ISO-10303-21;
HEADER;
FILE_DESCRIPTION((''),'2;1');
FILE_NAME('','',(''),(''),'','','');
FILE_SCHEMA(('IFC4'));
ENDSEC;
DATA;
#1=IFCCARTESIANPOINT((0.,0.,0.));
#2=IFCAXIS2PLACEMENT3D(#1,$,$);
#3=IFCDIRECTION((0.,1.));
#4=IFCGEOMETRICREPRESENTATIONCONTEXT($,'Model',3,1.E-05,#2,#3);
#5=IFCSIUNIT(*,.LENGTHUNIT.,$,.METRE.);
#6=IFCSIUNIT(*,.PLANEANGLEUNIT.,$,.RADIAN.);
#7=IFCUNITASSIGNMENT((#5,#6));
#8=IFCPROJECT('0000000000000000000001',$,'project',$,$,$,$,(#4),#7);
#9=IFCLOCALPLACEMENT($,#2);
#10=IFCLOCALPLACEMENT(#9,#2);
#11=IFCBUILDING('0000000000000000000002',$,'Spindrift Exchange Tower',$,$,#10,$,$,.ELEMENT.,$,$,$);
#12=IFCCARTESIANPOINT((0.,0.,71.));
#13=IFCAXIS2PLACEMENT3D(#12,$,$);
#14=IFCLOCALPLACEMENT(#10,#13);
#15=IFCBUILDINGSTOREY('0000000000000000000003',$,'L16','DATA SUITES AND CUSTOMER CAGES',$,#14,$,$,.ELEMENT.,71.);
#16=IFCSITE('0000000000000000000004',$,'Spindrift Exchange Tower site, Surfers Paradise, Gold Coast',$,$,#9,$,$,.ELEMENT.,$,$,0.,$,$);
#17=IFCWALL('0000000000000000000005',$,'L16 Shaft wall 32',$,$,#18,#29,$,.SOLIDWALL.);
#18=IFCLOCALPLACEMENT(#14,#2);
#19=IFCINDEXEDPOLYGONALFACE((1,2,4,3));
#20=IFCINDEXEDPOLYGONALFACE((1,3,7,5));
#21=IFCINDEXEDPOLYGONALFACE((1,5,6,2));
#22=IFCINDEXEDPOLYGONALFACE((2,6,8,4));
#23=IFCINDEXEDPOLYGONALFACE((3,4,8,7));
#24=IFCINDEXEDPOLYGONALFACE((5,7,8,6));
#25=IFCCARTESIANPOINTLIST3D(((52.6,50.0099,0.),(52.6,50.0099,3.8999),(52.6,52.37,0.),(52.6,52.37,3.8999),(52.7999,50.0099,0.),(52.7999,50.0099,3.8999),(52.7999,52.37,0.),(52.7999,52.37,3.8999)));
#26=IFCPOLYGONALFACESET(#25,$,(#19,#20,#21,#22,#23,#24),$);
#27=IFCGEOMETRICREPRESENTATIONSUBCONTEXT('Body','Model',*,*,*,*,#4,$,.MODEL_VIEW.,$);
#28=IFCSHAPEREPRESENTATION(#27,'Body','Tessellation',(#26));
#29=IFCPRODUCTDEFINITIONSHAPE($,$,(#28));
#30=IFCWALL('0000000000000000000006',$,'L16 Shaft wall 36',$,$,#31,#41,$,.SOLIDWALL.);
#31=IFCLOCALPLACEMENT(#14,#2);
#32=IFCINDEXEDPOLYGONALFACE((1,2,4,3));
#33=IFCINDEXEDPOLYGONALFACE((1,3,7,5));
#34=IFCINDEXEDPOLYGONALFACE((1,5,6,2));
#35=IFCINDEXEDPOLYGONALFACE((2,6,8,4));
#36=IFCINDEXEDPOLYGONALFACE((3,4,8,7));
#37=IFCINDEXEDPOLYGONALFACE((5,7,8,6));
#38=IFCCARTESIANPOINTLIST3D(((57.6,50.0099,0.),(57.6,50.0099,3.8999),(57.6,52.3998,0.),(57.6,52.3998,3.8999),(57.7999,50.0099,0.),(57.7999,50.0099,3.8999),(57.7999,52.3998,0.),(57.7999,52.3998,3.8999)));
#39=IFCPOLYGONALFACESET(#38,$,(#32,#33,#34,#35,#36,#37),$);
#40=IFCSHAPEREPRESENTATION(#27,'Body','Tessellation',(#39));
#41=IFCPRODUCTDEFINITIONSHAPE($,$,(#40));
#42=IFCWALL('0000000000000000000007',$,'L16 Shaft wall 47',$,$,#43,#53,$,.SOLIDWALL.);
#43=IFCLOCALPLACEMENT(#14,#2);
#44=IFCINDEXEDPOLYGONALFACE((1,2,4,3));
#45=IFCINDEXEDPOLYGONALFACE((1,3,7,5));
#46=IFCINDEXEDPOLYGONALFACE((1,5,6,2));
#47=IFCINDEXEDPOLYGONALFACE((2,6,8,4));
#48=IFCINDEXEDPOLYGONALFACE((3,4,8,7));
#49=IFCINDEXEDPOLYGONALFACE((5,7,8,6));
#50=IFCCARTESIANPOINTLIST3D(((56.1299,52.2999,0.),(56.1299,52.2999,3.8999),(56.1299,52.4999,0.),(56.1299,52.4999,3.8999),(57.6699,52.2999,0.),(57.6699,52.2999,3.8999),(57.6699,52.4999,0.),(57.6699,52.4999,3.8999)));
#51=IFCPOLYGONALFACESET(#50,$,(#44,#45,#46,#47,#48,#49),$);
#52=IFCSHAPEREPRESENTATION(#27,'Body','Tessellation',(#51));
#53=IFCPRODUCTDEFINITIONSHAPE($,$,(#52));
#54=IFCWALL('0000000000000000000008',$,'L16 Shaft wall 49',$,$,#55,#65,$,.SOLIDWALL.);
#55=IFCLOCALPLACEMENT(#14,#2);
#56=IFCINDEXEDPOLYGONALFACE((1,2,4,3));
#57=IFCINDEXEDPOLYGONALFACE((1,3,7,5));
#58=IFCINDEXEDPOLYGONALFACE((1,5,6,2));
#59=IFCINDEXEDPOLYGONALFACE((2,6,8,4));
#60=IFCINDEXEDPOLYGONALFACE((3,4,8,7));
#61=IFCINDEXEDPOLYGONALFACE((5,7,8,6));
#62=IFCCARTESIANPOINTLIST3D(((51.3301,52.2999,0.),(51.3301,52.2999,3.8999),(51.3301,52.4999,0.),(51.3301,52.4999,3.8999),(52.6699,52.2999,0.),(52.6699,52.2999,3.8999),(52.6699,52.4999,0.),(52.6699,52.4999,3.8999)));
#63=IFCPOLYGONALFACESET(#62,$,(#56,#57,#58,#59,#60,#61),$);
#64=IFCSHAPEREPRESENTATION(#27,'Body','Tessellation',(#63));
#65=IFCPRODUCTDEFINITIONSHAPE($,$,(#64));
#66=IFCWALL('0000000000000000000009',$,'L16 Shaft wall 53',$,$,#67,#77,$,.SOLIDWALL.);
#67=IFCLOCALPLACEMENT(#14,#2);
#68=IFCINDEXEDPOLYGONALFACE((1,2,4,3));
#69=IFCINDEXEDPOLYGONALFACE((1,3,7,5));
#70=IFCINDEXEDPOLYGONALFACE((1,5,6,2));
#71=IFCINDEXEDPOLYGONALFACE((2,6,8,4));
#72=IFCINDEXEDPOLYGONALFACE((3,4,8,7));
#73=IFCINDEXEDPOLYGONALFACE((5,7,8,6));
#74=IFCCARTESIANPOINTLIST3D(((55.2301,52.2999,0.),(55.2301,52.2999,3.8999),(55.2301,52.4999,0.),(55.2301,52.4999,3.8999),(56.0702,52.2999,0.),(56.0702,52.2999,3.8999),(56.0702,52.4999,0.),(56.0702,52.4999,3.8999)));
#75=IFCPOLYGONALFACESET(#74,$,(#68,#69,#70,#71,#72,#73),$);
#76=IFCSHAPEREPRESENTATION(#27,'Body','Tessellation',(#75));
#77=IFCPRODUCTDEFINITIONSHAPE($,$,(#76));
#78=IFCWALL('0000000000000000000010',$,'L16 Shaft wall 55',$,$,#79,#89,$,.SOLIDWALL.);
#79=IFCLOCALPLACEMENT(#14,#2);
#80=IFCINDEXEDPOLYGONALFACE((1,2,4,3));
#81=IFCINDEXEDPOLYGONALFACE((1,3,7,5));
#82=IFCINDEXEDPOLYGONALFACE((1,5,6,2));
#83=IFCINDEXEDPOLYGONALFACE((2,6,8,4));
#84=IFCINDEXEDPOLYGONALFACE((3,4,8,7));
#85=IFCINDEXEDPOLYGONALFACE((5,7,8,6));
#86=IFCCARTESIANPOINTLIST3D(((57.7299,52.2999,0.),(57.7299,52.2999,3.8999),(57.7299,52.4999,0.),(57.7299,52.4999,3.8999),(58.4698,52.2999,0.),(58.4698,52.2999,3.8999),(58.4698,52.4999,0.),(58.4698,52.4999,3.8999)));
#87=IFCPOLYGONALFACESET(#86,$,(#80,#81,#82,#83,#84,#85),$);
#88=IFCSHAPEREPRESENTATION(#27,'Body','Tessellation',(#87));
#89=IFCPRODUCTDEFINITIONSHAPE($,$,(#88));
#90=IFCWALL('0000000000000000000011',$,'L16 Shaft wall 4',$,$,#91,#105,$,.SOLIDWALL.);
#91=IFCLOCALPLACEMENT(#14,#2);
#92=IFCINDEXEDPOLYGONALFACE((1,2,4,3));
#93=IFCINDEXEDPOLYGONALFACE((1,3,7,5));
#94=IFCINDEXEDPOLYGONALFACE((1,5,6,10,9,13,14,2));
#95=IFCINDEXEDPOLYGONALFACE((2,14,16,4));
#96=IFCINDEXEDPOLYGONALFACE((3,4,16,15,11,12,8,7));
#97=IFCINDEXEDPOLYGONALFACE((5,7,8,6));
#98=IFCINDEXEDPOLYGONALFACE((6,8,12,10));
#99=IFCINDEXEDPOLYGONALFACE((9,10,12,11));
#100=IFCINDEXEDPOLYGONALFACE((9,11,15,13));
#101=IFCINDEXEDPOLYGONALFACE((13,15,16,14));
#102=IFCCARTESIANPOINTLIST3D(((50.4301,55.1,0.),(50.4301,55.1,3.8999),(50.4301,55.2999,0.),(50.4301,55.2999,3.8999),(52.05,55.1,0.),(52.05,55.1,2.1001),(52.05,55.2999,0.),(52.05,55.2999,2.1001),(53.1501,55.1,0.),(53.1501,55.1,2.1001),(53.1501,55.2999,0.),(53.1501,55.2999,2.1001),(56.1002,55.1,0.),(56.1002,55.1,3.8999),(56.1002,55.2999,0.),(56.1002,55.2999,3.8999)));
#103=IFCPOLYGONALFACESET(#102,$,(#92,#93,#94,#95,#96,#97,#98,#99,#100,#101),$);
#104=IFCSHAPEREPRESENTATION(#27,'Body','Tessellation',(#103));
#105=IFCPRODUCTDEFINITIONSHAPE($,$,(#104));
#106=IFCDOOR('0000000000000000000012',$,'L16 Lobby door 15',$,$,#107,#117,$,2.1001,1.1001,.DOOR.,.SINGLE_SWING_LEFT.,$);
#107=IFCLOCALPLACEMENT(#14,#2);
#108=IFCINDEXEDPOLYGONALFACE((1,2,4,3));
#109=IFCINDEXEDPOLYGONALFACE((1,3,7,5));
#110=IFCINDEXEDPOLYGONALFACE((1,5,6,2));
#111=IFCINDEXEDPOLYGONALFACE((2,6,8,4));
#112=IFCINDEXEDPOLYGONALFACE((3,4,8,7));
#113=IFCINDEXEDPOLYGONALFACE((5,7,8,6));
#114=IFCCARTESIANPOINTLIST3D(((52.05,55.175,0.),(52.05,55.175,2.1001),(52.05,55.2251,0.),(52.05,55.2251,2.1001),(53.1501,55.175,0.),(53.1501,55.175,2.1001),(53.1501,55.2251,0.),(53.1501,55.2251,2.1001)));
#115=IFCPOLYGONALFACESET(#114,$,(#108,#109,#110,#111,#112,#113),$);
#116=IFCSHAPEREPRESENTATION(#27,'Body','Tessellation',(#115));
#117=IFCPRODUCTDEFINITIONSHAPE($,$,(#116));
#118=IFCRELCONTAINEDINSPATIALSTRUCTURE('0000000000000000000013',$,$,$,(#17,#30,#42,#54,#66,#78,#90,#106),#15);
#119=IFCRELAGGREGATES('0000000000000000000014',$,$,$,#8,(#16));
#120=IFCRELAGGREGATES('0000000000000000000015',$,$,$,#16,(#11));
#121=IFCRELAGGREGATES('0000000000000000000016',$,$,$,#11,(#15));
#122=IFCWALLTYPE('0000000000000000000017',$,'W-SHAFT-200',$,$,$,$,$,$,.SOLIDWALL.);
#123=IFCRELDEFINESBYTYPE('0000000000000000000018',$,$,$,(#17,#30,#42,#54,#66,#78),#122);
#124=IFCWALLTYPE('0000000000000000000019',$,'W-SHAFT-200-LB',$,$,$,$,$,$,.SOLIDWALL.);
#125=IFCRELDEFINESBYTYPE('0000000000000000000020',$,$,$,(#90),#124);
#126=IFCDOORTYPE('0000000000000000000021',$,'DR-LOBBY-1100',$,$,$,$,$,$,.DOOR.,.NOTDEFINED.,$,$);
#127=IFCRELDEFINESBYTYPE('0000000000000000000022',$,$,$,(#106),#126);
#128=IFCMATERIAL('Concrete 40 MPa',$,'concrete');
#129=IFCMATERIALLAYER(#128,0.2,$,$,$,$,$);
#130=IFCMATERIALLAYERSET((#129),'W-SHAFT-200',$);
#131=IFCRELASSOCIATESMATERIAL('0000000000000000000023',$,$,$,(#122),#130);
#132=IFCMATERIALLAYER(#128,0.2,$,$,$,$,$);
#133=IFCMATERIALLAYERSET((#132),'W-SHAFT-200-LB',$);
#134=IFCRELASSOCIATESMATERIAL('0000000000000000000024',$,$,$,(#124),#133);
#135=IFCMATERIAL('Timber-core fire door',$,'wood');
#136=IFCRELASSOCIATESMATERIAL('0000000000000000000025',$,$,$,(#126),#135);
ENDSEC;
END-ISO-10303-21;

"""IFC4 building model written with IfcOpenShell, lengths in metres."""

from ifc_helpers import new_model, si_unit, direction, frame, frame_2d, origin, place, context, subcontext, project, spatial, rectangle, extrude, source, transform, mapped, material, layer, layer_set, type_object, element, fill, save


model = new_model("IFC4")

# Units and contexts
model_context = context("Model", 3, precision=1e-05, world=origin(), true_north=direction((0.0, 1.0)))
body_context = subcontext(model_context, "Body", "Model", "MODEL_VIEW")
ifc_project = project(units=[si_unit("LENGTHUNIT", "METRE"), si_unit("PLANEANGLEUNIT", "RADIAN")], contexts=[model_context])

# Site, building, storey
site_placement = place(None, origin())
site = spatial("IfcSite", under=ifc_project, at=site_placement, Name="Spindrift Exchange Tower site, Surfers Paradise, Gold Coast", CompositionType="ELEMENT", RefElevation=0.0)
building_placement = place(site_placement, origin())
building = spatial("IfcBuilding", under=site, at=building_placement, Name="Spindrift Exchange Tower", CompositionType="ELEMENT")
storey_placement = place(building_placement, frame((0.0, 0.0, 71.0)))
storey = spatial("IfcBuildingStorey", under=building, at=storey_placement, Name="L16", Description="DATA SUITES AND CUSTOMER CAGES", CompositionType="ELEMENT", Elevation=71.0)

# Shared definitions
ifc_material_1 = material(Name="Concrete 40 MPa", Category="concrete")
ifc_layer_1 = layer(ifc_material_1, 0.2)
ifc_layer_set_1 = layer_set([ifc_layer_1], Name="W-SHAFT-200")
wall_type_1 = type_object("IfcWallType", Name="W-SHAFT-200", PredefinedType="SOLIDWALL", material=ifc_layer_set_1)

# Walls
wall_1_placement = place(storey_placement, frame((52.7, 52.3701, 0.0), z_axis=(0.0, 0.0, 1.0), x_axis=(0.0, -1.0, 0.0)))
element("IfcWall", 1, at=wall_1_placement, inside=storey, type_object=wall_type_1, Name="L16 Shaft wall 32", PredefinedType="SOLIDWALL", context=body_context, shape_type="SweptSolid", body=[
    extrude(rectangle(XDim=2.3601, YDim=0.2, at=frame_2d((1.1802, 0.0))), origin(), (0.0, 0.0, 1.0), 3.8999),
])
wall_2_placement = place(storey_placement, frame((57.7, 50.01, 0.0), z_axis=(0.0, 0.0, 1.0), x_axis=(0.0, 1.0, 0.0)))
element("IfcWall", 2, at=wall_2_placement, inside=storey, type_object=wall_type_1, Name="L16 Shaft wall 36", PredefinedType="SOLIDWALL", context=body_context, shape_type="SweptSolid", body=[
    extrude(rectangle(XDim=2.3899, YDim=0.2, at=frame_2d((1.1948, 0.0))), origin(), (0.0, 0.0, 1.0), 3.8999),
])
wall_3_placement = place(storey_placement, frame((57.6699, 52.3999, 0.0), z_axis=(0.0, 0.0, 1.0), x_axis=(-1.0, 0.0, 0.0)))
element("IfcWall", 3, at=wall_3_placement, inside=storey, type_object=wall_type_1, Name="L16 Shaft wall 47", PredefinedType="SOLIDWALL", context=body_context, shape_type="SweptSolid", body=[
    extrude(rectangle(XDim=1.54, YDim=0.2, at=frame_2d((0.77, 0.0))), origin(), (0.0, 0.0, 1.0), 3.8999),
])
wall_4_placement = place(storey_placement, frame((51.3301, 52.3999, 0.0), z_axis=(0.0, 0.0, 1.0), x_axis=(1.0, 0.0, 0.0)))
element("IfcWall", 4, at=wall_4_placement, inside=storey, type_object=wall_type_1, Name="L16 Shaft wall 49", PredefinedType="SOLIDWALL", context=body_context, shape_type="SweptSolid", body=[
    extrude(rectangle(XDim=1.3398, YDim=0.2, at=frame_2d((0.6699, 0.0))), origin(), (0.0, 0.0, 1.0), 3.8999),
])
wall_5_placement = place(storey_placement, frame((56.0701, 52.3999, 0.0), z_axis=(0.0, 0.0, 1.0), x_axis=(-1.0, 0.0, 0.0)))
element("IfcWall", 5, at=wall_5_placement, inside=storey, type_object=wall_type_1, Name="L16 Shaft wall 53", PredefinedType="SOLIDWALL", context=body_context, shape_type="SweptSolid", body=[
    extrude(rectangle(XDim=0.8401, YDim=0.2, at=frame_2d((0.4199, 0.0))), origin(), (0.0, 0.0, 1.0), 3.8999),
])
wall_6_placement = place(storey_placement, frame((58.47, 52.3999, 0.0), z_axis=(0.0, 0.0, 1.0), x_axis=(-1.0, 0.0, 0.0)))
element("IfcWall", 6, at=wall_6_placement, inside=storey, type_object=wall_type_1, Name="L16 Shaft wall 55", PredefinedType="SOLIDWALL", context=body_context, shape_type="SweptSolid", body=[
    extrude(rectangle(XDim=0.74, YDim=0.2, at=frame_2d((0.3701, 0.0))), origin(), (0.0, 0.0, 1.0), 3.8999),
])

# Wall, opening, door
ifc_layer_2 = layer(ifc_material_1, 0.2)
ifc_layer_set_2 = layer_set([ifc_layer_2], Name="W-SHAFT-200-LB")
wall_type_2 = type_object("IfcWallType", Name="W-SHAFT-200-LB", PredefinedType="SOLIDWALL", material=ifc_layer_set_2)
wall_7_placement = place(storey_placement, frame((56.1001, 55.2, 0.0), z_axis=(0.0, 0.0, 1.0), x_axis=(-1.0, 0.0, 0.0)))
wall_7 = element("IfcWall", 7, at=wall_7_placement, inside=storey, type_object=wall_type_2, Name="L16 Shaft wall 4", PredefinedType="SOLIDWALL", context=body_context, shape_type="SweptSolid", body=[
    extrude(rectangle(XDim=5.6702, YDim=0.2, at=frame_2d((2.835, 0.0))), origin(), (0.0, 0.0, 1.0), 3.8999),
])
opening_1_placement = place(wall_7_placement, frame((2.95, 0.0, 0.0)))
opening_1 = element("IfcOpeningElement", 8, at=opening_1_placement, cuts=wall_7, PredefinedType="OPENING", context=body_context, shape_type="SweptSolid", body=[
    extrude(rectangle(XDim=1.1001, YDim=2.1001, at=frame_2d((0.55, 1.05))), frame((0.0, 0.1099, 0.0), z_axis=(0.0, -1.0, 0.0), x_axis=(1.0, 0.0, 0.0)), (0.0, 0.0, 1.0), 0.22),
])
ifc_material_2 = material(Name="Timber-core fire door", Category="wood")
door_type_1 = type_object("IfcDoorType", Name="DR-LOBBY-1100", OperationType="NOTDEFINED", PredefinedType="DOOR", material=ifc_material_2)
shared_shape_1 = source(origin(), body_context, "Body", "SweptSolid", [
    extrude(rectangle(XDim=1.1001, YDim=2.1001, at=frame_2d((0.55, 1.05))), frame((0.0, 0.0249, 0.0), z_axis=(0.0, -1.0, 0.0), x_axis=(1.0, 0.0, 0.0)), (0.0, 0.0, 1.0), 0.05),
])
door_1_placement = place(opening_1_placement, origin())
door_1 = element("IfcDoor", 9, at=door_1_placement, inside=storey, type_object=door_type_1, Name="L16 Lobby door 15", OperationType="SINGLE_SWING_LEFT", OverallHeight=2.1001, OverallWidth=1.1001, PredefinedType="DOOR", context=body_context, shape_type="MappedRepresentation", body=[
    mapped(shared_shape_1, transform((0.0, 0.0, 0.0), scale=1.0)),
])
fill(opening_1, door_1)

save(model, "model.ifc")
